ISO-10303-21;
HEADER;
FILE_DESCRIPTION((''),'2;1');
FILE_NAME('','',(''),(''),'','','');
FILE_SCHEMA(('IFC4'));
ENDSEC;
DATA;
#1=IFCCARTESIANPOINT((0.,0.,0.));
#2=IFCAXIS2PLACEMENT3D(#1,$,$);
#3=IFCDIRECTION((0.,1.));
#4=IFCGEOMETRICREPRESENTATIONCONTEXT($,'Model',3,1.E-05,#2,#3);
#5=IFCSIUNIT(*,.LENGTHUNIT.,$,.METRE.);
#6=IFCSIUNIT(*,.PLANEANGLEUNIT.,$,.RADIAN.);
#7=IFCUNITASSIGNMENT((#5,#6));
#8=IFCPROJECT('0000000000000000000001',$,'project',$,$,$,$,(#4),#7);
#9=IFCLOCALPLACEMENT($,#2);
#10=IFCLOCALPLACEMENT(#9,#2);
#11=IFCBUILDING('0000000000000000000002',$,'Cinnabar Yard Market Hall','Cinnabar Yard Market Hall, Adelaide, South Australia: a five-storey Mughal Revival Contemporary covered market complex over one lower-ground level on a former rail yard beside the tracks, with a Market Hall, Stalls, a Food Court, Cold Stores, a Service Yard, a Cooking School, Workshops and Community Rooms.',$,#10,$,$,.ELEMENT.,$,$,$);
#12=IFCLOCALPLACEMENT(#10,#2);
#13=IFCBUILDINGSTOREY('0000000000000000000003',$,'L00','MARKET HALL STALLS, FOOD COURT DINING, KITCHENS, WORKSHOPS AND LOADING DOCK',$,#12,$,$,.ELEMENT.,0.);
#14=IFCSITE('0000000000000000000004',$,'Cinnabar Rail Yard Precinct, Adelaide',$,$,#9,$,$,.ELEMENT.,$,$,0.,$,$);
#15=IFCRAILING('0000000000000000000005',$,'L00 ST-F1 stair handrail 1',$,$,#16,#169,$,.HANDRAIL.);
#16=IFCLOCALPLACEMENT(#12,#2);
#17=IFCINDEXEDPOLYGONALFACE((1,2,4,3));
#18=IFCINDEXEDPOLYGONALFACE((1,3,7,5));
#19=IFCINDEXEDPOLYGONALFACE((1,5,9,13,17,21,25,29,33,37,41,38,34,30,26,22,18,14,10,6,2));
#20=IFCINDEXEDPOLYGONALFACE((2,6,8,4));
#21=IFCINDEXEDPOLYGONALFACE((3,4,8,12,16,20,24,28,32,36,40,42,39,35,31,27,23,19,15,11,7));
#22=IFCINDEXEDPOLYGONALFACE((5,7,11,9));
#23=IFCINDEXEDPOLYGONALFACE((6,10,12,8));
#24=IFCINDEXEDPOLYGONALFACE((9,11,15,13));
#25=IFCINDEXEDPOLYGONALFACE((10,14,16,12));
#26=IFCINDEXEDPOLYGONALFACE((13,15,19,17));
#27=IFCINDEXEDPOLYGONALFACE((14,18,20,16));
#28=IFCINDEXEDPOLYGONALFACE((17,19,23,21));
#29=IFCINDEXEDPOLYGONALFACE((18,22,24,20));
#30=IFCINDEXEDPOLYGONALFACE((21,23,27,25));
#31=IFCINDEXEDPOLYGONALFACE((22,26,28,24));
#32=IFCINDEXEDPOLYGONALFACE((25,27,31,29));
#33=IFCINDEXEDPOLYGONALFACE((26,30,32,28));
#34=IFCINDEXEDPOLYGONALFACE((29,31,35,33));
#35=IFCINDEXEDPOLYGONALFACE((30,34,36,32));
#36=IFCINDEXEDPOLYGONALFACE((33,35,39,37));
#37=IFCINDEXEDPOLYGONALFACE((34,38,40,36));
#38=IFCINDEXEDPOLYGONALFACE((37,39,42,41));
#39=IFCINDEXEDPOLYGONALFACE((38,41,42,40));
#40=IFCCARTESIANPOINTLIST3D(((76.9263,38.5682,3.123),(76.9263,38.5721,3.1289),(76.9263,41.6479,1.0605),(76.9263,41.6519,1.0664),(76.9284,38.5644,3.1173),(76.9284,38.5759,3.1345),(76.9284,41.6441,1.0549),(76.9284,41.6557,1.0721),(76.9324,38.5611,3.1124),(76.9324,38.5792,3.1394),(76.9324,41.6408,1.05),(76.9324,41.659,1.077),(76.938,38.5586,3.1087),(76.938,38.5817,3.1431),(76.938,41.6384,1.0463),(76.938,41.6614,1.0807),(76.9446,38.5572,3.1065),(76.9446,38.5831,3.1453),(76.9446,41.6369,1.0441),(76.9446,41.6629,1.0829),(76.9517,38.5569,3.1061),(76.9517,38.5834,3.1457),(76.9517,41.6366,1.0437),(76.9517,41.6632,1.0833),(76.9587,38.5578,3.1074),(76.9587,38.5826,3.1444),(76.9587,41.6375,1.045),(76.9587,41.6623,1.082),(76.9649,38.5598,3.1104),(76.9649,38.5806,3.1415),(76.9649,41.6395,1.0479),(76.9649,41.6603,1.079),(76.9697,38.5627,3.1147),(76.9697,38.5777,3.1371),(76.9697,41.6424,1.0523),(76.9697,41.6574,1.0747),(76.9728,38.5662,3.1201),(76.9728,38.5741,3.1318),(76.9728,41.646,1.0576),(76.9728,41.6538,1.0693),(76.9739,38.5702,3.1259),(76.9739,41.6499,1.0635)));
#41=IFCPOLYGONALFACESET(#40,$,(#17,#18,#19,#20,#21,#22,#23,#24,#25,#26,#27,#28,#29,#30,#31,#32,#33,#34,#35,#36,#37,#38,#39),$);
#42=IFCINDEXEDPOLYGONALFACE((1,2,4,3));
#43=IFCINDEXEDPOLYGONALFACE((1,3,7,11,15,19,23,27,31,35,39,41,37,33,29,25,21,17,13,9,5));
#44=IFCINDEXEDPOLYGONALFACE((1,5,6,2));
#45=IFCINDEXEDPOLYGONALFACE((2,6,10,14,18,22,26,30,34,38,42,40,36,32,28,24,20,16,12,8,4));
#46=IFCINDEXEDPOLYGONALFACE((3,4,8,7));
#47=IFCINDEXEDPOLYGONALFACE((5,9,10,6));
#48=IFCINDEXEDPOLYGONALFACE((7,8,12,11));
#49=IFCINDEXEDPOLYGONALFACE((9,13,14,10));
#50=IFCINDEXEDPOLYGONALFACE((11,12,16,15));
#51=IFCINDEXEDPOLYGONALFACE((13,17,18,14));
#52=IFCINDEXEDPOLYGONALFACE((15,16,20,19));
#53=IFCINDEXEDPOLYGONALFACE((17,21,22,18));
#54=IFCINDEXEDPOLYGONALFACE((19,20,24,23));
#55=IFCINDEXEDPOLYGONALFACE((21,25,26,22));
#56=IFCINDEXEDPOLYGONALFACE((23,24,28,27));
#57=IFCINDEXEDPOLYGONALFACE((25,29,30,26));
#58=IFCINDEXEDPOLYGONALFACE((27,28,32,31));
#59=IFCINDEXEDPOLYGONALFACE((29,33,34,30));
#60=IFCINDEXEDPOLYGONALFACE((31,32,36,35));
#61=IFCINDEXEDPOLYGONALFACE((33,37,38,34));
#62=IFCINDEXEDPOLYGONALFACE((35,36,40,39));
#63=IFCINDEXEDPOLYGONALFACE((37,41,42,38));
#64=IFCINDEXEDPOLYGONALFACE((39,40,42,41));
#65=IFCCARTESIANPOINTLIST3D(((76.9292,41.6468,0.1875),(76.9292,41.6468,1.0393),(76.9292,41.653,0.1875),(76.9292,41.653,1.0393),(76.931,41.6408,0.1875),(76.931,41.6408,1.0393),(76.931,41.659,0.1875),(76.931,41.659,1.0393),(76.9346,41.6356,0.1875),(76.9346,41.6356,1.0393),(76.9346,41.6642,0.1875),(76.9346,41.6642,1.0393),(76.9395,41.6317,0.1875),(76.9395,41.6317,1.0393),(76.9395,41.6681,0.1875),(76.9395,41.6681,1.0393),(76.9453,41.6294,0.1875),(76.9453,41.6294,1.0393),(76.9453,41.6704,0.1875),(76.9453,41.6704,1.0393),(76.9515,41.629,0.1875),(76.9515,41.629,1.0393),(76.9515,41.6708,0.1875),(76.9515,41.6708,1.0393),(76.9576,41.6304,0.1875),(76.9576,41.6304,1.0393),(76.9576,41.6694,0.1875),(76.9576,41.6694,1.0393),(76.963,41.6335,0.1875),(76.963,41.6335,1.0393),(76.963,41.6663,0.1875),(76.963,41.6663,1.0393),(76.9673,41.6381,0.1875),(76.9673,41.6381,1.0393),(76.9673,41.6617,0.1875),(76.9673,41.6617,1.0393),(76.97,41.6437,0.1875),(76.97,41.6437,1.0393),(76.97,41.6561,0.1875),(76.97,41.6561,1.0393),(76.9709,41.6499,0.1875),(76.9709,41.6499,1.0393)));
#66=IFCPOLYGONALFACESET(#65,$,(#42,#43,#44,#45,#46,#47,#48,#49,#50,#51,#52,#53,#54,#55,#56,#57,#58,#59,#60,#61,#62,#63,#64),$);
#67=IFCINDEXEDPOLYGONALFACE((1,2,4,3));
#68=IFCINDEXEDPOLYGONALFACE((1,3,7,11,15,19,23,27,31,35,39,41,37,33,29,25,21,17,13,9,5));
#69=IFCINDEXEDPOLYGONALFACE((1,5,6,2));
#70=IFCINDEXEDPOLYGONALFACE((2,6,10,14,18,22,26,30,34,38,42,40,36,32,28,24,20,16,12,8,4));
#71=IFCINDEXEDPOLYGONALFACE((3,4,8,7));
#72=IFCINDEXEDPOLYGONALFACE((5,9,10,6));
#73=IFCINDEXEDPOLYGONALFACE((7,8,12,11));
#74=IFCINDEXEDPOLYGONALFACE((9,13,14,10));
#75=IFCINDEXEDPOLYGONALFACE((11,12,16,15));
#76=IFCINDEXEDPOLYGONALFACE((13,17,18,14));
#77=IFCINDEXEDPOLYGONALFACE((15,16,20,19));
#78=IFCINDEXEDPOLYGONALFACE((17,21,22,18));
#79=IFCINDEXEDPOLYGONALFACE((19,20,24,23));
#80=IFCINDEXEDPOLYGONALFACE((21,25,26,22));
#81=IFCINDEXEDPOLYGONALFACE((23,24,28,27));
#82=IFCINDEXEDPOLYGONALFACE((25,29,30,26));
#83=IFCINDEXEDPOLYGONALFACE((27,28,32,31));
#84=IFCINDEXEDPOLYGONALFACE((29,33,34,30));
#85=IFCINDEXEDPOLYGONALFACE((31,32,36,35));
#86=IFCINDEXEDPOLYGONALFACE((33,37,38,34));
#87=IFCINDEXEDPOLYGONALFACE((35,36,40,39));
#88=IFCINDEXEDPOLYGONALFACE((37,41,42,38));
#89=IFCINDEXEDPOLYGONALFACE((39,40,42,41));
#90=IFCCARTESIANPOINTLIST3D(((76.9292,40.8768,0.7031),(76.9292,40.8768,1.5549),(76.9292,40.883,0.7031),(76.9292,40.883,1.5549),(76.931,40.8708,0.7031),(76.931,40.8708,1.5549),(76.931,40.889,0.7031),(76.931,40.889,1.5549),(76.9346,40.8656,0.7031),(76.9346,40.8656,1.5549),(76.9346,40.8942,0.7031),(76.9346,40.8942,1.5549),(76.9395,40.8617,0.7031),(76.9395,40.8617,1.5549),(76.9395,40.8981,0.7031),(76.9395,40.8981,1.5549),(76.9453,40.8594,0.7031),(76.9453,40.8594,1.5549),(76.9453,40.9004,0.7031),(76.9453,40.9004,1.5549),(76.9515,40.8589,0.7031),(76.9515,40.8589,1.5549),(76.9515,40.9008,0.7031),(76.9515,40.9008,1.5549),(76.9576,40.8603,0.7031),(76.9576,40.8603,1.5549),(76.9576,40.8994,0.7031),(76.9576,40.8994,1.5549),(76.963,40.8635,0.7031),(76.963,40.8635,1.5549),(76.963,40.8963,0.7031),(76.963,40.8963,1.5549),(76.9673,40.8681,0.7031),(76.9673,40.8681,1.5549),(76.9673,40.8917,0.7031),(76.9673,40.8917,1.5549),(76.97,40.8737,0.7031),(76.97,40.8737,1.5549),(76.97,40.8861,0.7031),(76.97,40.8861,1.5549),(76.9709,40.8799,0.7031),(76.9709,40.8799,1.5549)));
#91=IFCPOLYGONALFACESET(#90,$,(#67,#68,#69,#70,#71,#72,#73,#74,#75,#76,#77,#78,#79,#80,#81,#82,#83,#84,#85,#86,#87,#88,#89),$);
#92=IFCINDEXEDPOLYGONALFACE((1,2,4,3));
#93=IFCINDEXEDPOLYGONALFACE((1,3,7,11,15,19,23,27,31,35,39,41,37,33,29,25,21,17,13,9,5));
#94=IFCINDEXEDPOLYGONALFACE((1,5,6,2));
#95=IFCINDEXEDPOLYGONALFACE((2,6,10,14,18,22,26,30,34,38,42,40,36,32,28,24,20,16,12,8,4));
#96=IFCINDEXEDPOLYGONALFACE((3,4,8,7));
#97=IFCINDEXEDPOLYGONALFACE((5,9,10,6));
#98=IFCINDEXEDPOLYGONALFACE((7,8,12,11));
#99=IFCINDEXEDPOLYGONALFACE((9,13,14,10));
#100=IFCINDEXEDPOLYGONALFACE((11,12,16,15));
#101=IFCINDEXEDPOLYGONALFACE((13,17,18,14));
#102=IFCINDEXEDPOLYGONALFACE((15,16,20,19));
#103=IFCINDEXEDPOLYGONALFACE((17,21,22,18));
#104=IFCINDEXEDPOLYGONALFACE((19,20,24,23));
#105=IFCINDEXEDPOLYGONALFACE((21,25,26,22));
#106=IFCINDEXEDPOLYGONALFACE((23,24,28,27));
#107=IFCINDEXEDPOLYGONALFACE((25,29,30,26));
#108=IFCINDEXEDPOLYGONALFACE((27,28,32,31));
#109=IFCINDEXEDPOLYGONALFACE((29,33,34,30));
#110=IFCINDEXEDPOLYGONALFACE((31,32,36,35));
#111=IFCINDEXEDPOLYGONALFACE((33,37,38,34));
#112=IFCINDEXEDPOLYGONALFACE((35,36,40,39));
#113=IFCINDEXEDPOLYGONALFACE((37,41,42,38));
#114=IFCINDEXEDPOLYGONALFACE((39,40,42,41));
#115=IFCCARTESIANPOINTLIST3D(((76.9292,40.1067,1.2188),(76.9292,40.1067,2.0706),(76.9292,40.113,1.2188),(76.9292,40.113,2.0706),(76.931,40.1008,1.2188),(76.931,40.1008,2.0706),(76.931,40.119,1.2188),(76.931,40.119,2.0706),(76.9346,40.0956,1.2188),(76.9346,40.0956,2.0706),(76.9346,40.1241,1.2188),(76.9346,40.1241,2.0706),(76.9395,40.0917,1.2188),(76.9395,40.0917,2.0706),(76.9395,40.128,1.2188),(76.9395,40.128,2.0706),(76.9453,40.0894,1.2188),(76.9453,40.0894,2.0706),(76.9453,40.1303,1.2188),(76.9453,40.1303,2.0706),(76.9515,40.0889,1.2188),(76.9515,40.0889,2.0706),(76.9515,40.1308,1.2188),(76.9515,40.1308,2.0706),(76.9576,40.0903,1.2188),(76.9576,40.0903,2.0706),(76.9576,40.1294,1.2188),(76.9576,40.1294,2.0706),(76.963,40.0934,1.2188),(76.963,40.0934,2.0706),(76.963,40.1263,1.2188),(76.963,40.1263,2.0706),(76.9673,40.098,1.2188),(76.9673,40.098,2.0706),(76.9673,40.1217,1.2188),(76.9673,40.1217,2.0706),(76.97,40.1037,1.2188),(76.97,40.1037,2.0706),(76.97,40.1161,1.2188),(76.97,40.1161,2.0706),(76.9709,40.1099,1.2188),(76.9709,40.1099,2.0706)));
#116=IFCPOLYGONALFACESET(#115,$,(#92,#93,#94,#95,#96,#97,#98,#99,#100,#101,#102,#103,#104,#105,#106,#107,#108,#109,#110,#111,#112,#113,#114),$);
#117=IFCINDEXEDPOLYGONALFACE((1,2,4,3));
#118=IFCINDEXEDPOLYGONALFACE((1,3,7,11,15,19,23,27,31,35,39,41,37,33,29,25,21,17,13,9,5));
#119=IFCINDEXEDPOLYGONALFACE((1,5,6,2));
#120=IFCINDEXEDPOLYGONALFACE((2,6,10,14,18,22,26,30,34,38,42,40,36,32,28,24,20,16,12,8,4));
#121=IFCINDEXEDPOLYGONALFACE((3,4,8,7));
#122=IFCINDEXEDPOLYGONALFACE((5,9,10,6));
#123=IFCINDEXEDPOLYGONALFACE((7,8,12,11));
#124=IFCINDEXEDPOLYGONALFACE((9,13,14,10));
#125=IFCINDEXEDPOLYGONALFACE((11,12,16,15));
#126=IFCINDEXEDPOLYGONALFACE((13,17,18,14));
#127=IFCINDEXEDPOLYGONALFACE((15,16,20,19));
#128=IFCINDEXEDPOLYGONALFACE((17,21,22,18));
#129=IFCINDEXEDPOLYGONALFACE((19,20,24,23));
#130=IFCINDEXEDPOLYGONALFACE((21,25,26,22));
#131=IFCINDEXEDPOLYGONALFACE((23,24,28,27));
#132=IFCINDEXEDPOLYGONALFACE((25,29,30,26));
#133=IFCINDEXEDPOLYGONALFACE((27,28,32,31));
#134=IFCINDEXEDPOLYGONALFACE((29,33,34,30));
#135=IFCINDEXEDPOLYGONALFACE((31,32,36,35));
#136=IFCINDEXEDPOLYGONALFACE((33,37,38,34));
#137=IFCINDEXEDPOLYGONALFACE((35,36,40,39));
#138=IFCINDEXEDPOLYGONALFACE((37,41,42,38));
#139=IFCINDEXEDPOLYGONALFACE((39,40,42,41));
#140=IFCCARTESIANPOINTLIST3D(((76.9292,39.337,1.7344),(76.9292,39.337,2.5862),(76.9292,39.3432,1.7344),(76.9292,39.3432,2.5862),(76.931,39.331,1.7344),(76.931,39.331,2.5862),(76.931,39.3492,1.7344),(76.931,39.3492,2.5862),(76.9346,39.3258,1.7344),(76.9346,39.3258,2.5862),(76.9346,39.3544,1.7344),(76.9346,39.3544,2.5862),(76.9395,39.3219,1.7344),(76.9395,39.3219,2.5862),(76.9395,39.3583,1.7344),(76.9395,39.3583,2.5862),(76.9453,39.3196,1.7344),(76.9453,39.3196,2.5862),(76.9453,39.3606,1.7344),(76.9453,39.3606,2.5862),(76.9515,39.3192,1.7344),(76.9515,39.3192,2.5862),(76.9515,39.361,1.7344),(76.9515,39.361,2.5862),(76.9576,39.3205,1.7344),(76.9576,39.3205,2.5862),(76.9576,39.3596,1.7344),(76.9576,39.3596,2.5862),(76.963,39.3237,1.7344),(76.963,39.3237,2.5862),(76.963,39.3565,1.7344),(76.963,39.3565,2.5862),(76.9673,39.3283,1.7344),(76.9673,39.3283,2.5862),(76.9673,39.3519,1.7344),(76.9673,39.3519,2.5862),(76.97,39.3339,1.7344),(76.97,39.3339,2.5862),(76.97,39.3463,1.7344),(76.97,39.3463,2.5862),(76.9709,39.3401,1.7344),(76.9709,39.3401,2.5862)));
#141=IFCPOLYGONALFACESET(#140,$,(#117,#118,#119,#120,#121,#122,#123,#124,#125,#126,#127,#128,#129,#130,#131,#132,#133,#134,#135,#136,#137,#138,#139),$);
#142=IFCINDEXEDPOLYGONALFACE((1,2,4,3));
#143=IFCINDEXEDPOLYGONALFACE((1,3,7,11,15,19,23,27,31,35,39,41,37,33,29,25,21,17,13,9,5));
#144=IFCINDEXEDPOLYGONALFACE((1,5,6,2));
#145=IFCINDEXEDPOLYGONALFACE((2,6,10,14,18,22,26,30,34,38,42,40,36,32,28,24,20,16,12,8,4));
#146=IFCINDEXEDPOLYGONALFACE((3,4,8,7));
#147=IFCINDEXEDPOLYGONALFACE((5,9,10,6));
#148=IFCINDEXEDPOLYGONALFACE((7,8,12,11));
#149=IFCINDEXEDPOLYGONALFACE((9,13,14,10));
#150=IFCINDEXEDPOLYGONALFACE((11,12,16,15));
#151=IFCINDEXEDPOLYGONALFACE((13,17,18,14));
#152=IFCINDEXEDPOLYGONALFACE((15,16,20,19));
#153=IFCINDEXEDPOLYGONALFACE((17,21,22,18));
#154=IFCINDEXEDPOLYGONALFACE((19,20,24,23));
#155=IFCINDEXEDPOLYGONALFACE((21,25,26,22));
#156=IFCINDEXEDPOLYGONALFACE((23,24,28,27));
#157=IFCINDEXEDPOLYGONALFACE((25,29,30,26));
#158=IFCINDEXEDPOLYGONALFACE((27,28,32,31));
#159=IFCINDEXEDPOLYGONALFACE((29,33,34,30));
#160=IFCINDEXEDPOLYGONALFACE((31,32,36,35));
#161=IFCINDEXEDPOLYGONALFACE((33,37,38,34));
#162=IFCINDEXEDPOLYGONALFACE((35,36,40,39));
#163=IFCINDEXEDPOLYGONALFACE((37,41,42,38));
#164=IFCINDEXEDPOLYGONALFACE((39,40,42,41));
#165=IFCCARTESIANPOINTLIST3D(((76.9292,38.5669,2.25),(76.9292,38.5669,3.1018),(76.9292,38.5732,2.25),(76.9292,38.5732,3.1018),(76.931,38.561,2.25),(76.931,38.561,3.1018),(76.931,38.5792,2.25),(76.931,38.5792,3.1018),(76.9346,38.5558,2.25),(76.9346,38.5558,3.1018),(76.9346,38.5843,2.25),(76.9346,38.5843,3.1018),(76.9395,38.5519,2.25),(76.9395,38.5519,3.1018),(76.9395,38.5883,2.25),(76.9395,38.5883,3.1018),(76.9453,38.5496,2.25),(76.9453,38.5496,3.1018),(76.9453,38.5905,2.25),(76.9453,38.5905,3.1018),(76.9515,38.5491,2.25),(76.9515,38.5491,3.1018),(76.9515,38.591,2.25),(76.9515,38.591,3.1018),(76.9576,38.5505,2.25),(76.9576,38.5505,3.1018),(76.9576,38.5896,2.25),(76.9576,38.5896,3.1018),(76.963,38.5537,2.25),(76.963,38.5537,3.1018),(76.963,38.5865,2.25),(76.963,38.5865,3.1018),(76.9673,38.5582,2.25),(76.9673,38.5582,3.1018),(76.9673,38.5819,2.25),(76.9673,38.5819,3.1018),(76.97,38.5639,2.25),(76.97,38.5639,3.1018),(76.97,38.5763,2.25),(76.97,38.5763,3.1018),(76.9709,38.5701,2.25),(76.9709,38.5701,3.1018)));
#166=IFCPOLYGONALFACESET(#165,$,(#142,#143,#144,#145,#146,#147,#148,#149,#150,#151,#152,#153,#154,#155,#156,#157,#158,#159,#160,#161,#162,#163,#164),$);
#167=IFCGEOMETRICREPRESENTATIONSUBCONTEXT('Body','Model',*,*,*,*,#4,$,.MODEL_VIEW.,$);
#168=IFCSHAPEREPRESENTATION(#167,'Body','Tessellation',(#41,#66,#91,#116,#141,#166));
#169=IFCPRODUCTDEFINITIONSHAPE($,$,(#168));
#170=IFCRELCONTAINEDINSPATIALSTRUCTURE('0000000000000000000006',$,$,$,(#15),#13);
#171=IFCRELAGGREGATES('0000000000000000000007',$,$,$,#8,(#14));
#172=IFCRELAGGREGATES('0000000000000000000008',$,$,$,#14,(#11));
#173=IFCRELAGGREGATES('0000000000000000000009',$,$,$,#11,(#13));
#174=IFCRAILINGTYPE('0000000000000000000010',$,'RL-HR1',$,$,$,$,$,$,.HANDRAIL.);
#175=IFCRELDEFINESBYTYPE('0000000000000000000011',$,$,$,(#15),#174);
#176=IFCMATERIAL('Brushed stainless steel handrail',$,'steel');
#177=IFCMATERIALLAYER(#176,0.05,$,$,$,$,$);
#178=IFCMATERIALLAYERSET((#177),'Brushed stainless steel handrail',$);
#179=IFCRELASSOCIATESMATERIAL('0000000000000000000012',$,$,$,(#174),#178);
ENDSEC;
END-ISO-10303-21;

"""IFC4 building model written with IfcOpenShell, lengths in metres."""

from ifc_helpers import new_model, si_unit, direction, frame, origin, origin_2d_with_axis, place, context, subcontext, project, spatial, circle, extrude, material, layer, layer_set, type_object, element, save


model = new_model("IFC4")

# Units and contexts
model_context = context("Model", 3, precision=1e-05, world=origin(), true_north=direction((0.0, 1.0)))
body_context = subcontext(model_context, "Body", "Model", "MODEL_VIEW")
ifc_project = project(units=[si_unit("LENGTHUNIT", "METRE"), si_unit("PLANEANGLEUNIT", "RADIAN")], contexts=[model_context])

# Site, building, storey
site_placement = place(None, origin())
site = spatial("IfcSite", under=ifc_project, at=site_placement, Name="Cinnabar Rail Yard Precinct, Adelaide", CompositionType="ELEMENT", RefElevation=0.0)
building_placement = place(site_placement, origin())
building = spatial("IfcBuilding", under=site, at=building_placement, Name="Cinnabar Yard Market Hall", Description="Cinnabar Yard Market Hall, Adelaide, South Australia: a five-storey Mughal Revival Contemporary covered market complex over one lower-ground level on a former rail yard beside the tracks, with a Market Hall, Stalls, a Food Court, Cold Stores, a Service Yard, a Cooking School, Workshops and Community Rooms.", CompositionType="ELEMENT")
storey_placement = place(building_placement, origin())
storey = spatial("IfcBuildingStorey", under=building, at=storey_placement, Name="L00", Description="MARKET HALL STALLS, FOOD COURT DINING, KITCHENS, WORKSHOPS AND LOADING DOCK", CompositionType="ELEMENT", Elevation=0.0)

# Railing
ifc_material_1 = material(Name="Brushed stainless steel handrail", Category="steel")
ifc_layer_1 = layer(ifc_material_1, 0.05)
ifc_layer_set_1 = layer_set([ifc_layer_1], Name="Brushed stainless steel handrail")
railing_type_1 = type_object("IfcRailingType", Name="RL-HR1", PredefinedType="HANDRAIL", material=ifc_layer_set_1)
railing_1_placement = place(storey_placement, frame((76.95, 41.6499, 0.1875)))
element("IfcRailing", 1, at=railing_1_placement, inside=storey, type_object=railing_type_1, Name="L00 ST-F1 stair handrail 1", PredefinedType="HANDRAIL", context=body_context, shape_type="SweptSolid", body=[
    extrude(circle(Radius=0.0239, at=origin_2d_with_axis()), frame((0.0, 0.0, 0.876), z_axis=(0.0, -0.830893, 0.556432), x_axis=(1.0, 0.0, 0.0)), (0.0, 0.0, 1.0), 3.7065),
    extrude(circle(Radius=0.021, at=origin_2d_with_axis()), origin(), (0.0, 0.0, 1.0), 0.8518),
    extrude(circle(Radius=0.021, at=origin_2d_with_axis()), frame((0.0, -0.77, 0.5156)), (0.0, 0.0, 1.0), 0.8518),
    extrude(circle(Radius=0.021, at=origin_2d_with_axis()), frame((0.0, -1.54, 1.0312)), (0.0, 0.0, 1.0), 0.8518),
    extrude(circle(Radius=0.021, at=origin_2d_with_axis()), frame((0.0, -2.3098, 1.5469)), (0.0, 0.0, 1.0), 0.8518),
    extrude(circle(Radius=0.021, at=origin_2d_with_axis()), frame((0.0, -3.0798, 2.0625)), (0.0, 0.0, 1.0), 0.8518),
])

save(model, "model.ifc")
